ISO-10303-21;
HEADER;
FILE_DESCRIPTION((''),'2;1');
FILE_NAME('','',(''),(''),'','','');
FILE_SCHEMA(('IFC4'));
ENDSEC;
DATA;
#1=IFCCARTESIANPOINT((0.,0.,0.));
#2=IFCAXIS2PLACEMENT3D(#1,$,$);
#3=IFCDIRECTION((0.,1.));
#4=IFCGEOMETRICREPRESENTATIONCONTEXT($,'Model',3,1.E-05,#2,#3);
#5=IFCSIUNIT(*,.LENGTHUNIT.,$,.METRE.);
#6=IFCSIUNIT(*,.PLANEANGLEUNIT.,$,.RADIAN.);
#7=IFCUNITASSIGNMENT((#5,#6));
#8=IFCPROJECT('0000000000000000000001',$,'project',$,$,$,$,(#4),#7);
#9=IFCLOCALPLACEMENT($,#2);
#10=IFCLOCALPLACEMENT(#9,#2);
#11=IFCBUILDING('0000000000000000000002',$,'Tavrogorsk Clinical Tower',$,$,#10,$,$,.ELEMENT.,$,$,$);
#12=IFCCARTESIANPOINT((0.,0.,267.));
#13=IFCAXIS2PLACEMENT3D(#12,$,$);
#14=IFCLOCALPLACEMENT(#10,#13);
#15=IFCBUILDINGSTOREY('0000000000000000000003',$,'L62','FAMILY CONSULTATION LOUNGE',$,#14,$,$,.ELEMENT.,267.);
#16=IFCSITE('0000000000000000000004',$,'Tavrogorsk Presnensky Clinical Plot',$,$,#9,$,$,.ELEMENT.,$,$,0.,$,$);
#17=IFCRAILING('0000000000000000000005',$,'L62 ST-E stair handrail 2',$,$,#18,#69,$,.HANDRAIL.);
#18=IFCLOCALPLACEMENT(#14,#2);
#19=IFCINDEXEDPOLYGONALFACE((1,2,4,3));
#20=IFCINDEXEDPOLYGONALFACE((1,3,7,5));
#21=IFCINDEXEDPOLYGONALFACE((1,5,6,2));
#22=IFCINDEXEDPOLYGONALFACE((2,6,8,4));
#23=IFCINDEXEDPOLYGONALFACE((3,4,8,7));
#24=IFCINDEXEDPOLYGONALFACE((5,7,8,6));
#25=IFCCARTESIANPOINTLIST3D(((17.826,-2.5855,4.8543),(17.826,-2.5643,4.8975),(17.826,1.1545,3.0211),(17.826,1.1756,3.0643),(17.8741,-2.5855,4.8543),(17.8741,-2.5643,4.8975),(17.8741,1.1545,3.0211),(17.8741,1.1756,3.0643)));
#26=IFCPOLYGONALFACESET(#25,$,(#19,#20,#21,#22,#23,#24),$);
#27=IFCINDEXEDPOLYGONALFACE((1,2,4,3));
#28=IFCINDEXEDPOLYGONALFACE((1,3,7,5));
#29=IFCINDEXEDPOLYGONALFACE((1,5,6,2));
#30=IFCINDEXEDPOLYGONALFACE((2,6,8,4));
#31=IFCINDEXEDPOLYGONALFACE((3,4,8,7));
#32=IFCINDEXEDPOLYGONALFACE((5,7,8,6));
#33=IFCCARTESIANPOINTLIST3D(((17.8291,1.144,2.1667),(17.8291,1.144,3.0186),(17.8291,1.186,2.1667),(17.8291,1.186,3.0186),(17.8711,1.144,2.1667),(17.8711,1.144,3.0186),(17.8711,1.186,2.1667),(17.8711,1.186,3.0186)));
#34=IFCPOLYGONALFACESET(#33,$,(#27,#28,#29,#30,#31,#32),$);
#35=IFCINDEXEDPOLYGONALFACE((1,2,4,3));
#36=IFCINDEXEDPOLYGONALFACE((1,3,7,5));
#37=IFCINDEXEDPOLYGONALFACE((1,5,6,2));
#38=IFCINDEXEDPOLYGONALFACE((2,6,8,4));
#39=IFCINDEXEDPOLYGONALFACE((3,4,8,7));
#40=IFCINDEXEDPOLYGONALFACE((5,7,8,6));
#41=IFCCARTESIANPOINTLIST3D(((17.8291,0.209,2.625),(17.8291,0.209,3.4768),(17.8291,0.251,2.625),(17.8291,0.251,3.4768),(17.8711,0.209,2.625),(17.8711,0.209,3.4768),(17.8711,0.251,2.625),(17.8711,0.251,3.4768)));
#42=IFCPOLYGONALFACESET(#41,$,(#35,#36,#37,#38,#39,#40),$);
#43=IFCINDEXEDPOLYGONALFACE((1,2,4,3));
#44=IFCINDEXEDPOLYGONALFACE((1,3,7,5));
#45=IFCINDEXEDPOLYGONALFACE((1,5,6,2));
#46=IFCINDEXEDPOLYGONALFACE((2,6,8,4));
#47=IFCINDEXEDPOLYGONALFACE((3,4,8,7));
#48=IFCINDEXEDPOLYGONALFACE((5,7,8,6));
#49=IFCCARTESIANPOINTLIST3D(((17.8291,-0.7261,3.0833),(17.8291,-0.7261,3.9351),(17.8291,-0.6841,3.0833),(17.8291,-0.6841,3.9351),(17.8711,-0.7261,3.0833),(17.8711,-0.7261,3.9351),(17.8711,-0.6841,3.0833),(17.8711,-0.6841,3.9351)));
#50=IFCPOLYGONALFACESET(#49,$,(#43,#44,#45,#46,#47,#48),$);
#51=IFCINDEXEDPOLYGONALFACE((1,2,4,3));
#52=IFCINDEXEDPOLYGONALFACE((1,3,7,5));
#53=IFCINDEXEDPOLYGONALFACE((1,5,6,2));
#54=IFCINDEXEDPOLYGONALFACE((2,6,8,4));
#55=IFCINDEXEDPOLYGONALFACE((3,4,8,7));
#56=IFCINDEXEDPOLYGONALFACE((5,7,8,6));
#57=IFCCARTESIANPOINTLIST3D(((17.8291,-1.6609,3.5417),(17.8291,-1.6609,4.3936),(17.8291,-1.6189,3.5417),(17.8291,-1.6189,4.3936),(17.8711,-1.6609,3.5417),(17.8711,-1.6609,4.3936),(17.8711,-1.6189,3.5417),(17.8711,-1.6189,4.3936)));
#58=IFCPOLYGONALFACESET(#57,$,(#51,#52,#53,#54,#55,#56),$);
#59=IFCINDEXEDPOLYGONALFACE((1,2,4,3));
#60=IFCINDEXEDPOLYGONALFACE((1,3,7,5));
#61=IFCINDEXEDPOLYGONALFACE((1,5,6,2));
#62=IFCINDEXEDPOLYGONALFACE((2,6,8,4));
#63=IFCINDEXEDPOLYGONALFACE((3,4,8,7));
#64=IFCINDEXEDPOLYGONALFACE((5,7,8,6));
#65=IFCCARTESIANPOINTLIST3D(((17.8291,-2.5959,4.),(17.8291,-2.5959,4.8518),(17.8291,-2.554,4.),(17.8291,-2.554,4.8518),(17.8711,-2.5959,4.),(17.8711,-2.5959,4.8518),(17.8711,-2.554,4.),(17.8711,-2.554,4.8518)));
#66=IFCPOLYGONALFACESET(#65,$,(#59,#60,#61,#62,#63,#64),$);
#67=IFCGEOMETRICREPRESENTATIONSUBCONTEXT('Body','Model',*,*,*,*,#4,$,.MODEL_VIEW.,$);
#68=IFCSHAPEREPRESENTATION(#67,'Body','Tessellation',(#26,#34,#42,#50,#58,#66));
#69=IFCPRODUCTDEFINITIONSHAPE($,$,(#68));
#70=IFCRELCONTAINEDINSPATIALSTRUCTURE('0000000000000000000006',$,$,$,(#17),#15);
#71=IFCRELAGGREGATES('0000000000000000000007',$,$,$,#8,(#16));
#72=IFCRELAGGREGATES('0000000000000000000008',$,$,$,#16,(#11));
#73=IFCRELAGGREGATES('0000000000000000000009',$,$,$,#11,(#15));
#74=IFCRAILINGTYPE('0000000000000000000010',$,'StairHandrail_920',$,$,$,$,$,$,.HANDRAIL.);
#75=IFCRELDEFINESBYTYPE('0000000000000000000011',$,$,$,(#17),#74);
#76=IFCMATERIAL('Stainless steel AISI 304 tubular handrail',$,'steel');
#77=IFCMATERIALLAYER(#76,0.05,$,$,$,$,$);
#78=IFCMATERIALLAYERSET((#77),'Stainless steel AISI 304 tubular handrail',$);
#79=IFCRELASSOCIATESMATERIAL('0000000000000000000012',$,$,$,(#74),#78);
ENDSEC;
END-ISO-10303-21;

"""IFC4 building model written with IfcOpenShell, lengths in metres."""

from ifc_helpers import new_model, si_unit, direction, frame, origin, origin_2d, place, context, subcontext, project, spatial, rectangle, extrude, material, layer, layer_set, type_object, element, save


model = new_model("IFC4")

# Units and contexts
model_context = context("Model", 3, precision=1e-05, world=origin(), true_north=direction((0.0, 1.0)))
body_context = subcontext(model_context, "Body", "Model", "MODEL_VIEW")
ifc_project = project(units=[si_unit("LENGTHUNIT", "METRE"), si_unit("PLANEANGLEUNIT", "RADIAN")], contexts=[model_context])

# Site, building, storey
site_placement = place(None, origin())
site = spatial("IfcSite", under=ifc_project, at=site_placement, Name="Tavrogorsk Presnensky Clinical Plot", CompositionType="ELEMENT", RefElevation=0.0)
building_placement = place(site_placement, origin())
building = spatial("IfcBuilding", under=site, at=building_placement, Name="Tavrogorsk Clinical Tower", CompositionType="ELEMENT")
storey_placement = place(building_placement, frame((0.0, 0.0, 267.0)))
storey = spatial("IfcBuildingStorey", under=building, at=storey_placement, Name="L62", Description="FAMILY CONSULTATION LOUNGE", CompositionType="ELEMENT", Elevation=267.0)

# Railing
ifc_material_1 = material(Name="Stainless steel AISI 304 tubular handrail", Category="steel")
ifc_layer_1 = layer(ifc_material_1, 0.05)
ifc_layer_set_1 = layer_set([ifc_layer_1], Name="Stainless steel AISI 304 tubular handrail")
railing_type_1 = type_object("IfcRailingType", Name="StairHandrail_920", PredefinedType="HANDRAIL", material=ifc_layer_set_1)
railing_1_placement = place(storey_placement, frame((17.8501, 1.165, 2.1667)))
element("IfcRailing", 1, at=railing_1_placement, inside=storey, type_object=railing_type_1, Name="L62 ST-E stair handrail 2", PredefinedType="HANDRAIL", context=body_context, shape_type="SweptSolid", body=[
    extrude(rectangle(XDim=0.0481, YDim=0.0481, at=origin_2d()), frame((0.0, 0.0, 0.876), z_axis=(0.0, -0.897928, 0.440142), x_axis=(1.0, 0.0, 0.0)), (0.0, 0.0, 1.0), 4.165),
    extrude(rectangle(XDim=0.042, YDim=0.042, at=origin_2d()), origin(), (0.0, 0.0, 1.0), 0.8518),
    extrude(rectangle(XDim=0.042, YDim=0.042, at=origin_2d()), frame((0.0, -0.9351, 0.4583)), (0.0, 0.0, 1.0), 0.8518),
    extrude(rectangle(XDim=0.042, YDim=0.042, at=origin_2d()), frame((0.0, -1.8701, 0.9165)), (0.0, 0.0, 1.0), 0.8518),
    extrude(rectangle(XDim=0.042, YDim=0.042, at=origin_2d()), frame((0.0, -2.8049, 1.375)), (0.0, 0.0, 1.0), 0.8518),
    extrude(rectangle(XDim=0.042, YDim=0.042, at=origin_2d()), frame((0.0, -3.74, 1.8333)), (0.0, 0.0, 1.0), 0.8518),
])

save(model, "model.ifc")
